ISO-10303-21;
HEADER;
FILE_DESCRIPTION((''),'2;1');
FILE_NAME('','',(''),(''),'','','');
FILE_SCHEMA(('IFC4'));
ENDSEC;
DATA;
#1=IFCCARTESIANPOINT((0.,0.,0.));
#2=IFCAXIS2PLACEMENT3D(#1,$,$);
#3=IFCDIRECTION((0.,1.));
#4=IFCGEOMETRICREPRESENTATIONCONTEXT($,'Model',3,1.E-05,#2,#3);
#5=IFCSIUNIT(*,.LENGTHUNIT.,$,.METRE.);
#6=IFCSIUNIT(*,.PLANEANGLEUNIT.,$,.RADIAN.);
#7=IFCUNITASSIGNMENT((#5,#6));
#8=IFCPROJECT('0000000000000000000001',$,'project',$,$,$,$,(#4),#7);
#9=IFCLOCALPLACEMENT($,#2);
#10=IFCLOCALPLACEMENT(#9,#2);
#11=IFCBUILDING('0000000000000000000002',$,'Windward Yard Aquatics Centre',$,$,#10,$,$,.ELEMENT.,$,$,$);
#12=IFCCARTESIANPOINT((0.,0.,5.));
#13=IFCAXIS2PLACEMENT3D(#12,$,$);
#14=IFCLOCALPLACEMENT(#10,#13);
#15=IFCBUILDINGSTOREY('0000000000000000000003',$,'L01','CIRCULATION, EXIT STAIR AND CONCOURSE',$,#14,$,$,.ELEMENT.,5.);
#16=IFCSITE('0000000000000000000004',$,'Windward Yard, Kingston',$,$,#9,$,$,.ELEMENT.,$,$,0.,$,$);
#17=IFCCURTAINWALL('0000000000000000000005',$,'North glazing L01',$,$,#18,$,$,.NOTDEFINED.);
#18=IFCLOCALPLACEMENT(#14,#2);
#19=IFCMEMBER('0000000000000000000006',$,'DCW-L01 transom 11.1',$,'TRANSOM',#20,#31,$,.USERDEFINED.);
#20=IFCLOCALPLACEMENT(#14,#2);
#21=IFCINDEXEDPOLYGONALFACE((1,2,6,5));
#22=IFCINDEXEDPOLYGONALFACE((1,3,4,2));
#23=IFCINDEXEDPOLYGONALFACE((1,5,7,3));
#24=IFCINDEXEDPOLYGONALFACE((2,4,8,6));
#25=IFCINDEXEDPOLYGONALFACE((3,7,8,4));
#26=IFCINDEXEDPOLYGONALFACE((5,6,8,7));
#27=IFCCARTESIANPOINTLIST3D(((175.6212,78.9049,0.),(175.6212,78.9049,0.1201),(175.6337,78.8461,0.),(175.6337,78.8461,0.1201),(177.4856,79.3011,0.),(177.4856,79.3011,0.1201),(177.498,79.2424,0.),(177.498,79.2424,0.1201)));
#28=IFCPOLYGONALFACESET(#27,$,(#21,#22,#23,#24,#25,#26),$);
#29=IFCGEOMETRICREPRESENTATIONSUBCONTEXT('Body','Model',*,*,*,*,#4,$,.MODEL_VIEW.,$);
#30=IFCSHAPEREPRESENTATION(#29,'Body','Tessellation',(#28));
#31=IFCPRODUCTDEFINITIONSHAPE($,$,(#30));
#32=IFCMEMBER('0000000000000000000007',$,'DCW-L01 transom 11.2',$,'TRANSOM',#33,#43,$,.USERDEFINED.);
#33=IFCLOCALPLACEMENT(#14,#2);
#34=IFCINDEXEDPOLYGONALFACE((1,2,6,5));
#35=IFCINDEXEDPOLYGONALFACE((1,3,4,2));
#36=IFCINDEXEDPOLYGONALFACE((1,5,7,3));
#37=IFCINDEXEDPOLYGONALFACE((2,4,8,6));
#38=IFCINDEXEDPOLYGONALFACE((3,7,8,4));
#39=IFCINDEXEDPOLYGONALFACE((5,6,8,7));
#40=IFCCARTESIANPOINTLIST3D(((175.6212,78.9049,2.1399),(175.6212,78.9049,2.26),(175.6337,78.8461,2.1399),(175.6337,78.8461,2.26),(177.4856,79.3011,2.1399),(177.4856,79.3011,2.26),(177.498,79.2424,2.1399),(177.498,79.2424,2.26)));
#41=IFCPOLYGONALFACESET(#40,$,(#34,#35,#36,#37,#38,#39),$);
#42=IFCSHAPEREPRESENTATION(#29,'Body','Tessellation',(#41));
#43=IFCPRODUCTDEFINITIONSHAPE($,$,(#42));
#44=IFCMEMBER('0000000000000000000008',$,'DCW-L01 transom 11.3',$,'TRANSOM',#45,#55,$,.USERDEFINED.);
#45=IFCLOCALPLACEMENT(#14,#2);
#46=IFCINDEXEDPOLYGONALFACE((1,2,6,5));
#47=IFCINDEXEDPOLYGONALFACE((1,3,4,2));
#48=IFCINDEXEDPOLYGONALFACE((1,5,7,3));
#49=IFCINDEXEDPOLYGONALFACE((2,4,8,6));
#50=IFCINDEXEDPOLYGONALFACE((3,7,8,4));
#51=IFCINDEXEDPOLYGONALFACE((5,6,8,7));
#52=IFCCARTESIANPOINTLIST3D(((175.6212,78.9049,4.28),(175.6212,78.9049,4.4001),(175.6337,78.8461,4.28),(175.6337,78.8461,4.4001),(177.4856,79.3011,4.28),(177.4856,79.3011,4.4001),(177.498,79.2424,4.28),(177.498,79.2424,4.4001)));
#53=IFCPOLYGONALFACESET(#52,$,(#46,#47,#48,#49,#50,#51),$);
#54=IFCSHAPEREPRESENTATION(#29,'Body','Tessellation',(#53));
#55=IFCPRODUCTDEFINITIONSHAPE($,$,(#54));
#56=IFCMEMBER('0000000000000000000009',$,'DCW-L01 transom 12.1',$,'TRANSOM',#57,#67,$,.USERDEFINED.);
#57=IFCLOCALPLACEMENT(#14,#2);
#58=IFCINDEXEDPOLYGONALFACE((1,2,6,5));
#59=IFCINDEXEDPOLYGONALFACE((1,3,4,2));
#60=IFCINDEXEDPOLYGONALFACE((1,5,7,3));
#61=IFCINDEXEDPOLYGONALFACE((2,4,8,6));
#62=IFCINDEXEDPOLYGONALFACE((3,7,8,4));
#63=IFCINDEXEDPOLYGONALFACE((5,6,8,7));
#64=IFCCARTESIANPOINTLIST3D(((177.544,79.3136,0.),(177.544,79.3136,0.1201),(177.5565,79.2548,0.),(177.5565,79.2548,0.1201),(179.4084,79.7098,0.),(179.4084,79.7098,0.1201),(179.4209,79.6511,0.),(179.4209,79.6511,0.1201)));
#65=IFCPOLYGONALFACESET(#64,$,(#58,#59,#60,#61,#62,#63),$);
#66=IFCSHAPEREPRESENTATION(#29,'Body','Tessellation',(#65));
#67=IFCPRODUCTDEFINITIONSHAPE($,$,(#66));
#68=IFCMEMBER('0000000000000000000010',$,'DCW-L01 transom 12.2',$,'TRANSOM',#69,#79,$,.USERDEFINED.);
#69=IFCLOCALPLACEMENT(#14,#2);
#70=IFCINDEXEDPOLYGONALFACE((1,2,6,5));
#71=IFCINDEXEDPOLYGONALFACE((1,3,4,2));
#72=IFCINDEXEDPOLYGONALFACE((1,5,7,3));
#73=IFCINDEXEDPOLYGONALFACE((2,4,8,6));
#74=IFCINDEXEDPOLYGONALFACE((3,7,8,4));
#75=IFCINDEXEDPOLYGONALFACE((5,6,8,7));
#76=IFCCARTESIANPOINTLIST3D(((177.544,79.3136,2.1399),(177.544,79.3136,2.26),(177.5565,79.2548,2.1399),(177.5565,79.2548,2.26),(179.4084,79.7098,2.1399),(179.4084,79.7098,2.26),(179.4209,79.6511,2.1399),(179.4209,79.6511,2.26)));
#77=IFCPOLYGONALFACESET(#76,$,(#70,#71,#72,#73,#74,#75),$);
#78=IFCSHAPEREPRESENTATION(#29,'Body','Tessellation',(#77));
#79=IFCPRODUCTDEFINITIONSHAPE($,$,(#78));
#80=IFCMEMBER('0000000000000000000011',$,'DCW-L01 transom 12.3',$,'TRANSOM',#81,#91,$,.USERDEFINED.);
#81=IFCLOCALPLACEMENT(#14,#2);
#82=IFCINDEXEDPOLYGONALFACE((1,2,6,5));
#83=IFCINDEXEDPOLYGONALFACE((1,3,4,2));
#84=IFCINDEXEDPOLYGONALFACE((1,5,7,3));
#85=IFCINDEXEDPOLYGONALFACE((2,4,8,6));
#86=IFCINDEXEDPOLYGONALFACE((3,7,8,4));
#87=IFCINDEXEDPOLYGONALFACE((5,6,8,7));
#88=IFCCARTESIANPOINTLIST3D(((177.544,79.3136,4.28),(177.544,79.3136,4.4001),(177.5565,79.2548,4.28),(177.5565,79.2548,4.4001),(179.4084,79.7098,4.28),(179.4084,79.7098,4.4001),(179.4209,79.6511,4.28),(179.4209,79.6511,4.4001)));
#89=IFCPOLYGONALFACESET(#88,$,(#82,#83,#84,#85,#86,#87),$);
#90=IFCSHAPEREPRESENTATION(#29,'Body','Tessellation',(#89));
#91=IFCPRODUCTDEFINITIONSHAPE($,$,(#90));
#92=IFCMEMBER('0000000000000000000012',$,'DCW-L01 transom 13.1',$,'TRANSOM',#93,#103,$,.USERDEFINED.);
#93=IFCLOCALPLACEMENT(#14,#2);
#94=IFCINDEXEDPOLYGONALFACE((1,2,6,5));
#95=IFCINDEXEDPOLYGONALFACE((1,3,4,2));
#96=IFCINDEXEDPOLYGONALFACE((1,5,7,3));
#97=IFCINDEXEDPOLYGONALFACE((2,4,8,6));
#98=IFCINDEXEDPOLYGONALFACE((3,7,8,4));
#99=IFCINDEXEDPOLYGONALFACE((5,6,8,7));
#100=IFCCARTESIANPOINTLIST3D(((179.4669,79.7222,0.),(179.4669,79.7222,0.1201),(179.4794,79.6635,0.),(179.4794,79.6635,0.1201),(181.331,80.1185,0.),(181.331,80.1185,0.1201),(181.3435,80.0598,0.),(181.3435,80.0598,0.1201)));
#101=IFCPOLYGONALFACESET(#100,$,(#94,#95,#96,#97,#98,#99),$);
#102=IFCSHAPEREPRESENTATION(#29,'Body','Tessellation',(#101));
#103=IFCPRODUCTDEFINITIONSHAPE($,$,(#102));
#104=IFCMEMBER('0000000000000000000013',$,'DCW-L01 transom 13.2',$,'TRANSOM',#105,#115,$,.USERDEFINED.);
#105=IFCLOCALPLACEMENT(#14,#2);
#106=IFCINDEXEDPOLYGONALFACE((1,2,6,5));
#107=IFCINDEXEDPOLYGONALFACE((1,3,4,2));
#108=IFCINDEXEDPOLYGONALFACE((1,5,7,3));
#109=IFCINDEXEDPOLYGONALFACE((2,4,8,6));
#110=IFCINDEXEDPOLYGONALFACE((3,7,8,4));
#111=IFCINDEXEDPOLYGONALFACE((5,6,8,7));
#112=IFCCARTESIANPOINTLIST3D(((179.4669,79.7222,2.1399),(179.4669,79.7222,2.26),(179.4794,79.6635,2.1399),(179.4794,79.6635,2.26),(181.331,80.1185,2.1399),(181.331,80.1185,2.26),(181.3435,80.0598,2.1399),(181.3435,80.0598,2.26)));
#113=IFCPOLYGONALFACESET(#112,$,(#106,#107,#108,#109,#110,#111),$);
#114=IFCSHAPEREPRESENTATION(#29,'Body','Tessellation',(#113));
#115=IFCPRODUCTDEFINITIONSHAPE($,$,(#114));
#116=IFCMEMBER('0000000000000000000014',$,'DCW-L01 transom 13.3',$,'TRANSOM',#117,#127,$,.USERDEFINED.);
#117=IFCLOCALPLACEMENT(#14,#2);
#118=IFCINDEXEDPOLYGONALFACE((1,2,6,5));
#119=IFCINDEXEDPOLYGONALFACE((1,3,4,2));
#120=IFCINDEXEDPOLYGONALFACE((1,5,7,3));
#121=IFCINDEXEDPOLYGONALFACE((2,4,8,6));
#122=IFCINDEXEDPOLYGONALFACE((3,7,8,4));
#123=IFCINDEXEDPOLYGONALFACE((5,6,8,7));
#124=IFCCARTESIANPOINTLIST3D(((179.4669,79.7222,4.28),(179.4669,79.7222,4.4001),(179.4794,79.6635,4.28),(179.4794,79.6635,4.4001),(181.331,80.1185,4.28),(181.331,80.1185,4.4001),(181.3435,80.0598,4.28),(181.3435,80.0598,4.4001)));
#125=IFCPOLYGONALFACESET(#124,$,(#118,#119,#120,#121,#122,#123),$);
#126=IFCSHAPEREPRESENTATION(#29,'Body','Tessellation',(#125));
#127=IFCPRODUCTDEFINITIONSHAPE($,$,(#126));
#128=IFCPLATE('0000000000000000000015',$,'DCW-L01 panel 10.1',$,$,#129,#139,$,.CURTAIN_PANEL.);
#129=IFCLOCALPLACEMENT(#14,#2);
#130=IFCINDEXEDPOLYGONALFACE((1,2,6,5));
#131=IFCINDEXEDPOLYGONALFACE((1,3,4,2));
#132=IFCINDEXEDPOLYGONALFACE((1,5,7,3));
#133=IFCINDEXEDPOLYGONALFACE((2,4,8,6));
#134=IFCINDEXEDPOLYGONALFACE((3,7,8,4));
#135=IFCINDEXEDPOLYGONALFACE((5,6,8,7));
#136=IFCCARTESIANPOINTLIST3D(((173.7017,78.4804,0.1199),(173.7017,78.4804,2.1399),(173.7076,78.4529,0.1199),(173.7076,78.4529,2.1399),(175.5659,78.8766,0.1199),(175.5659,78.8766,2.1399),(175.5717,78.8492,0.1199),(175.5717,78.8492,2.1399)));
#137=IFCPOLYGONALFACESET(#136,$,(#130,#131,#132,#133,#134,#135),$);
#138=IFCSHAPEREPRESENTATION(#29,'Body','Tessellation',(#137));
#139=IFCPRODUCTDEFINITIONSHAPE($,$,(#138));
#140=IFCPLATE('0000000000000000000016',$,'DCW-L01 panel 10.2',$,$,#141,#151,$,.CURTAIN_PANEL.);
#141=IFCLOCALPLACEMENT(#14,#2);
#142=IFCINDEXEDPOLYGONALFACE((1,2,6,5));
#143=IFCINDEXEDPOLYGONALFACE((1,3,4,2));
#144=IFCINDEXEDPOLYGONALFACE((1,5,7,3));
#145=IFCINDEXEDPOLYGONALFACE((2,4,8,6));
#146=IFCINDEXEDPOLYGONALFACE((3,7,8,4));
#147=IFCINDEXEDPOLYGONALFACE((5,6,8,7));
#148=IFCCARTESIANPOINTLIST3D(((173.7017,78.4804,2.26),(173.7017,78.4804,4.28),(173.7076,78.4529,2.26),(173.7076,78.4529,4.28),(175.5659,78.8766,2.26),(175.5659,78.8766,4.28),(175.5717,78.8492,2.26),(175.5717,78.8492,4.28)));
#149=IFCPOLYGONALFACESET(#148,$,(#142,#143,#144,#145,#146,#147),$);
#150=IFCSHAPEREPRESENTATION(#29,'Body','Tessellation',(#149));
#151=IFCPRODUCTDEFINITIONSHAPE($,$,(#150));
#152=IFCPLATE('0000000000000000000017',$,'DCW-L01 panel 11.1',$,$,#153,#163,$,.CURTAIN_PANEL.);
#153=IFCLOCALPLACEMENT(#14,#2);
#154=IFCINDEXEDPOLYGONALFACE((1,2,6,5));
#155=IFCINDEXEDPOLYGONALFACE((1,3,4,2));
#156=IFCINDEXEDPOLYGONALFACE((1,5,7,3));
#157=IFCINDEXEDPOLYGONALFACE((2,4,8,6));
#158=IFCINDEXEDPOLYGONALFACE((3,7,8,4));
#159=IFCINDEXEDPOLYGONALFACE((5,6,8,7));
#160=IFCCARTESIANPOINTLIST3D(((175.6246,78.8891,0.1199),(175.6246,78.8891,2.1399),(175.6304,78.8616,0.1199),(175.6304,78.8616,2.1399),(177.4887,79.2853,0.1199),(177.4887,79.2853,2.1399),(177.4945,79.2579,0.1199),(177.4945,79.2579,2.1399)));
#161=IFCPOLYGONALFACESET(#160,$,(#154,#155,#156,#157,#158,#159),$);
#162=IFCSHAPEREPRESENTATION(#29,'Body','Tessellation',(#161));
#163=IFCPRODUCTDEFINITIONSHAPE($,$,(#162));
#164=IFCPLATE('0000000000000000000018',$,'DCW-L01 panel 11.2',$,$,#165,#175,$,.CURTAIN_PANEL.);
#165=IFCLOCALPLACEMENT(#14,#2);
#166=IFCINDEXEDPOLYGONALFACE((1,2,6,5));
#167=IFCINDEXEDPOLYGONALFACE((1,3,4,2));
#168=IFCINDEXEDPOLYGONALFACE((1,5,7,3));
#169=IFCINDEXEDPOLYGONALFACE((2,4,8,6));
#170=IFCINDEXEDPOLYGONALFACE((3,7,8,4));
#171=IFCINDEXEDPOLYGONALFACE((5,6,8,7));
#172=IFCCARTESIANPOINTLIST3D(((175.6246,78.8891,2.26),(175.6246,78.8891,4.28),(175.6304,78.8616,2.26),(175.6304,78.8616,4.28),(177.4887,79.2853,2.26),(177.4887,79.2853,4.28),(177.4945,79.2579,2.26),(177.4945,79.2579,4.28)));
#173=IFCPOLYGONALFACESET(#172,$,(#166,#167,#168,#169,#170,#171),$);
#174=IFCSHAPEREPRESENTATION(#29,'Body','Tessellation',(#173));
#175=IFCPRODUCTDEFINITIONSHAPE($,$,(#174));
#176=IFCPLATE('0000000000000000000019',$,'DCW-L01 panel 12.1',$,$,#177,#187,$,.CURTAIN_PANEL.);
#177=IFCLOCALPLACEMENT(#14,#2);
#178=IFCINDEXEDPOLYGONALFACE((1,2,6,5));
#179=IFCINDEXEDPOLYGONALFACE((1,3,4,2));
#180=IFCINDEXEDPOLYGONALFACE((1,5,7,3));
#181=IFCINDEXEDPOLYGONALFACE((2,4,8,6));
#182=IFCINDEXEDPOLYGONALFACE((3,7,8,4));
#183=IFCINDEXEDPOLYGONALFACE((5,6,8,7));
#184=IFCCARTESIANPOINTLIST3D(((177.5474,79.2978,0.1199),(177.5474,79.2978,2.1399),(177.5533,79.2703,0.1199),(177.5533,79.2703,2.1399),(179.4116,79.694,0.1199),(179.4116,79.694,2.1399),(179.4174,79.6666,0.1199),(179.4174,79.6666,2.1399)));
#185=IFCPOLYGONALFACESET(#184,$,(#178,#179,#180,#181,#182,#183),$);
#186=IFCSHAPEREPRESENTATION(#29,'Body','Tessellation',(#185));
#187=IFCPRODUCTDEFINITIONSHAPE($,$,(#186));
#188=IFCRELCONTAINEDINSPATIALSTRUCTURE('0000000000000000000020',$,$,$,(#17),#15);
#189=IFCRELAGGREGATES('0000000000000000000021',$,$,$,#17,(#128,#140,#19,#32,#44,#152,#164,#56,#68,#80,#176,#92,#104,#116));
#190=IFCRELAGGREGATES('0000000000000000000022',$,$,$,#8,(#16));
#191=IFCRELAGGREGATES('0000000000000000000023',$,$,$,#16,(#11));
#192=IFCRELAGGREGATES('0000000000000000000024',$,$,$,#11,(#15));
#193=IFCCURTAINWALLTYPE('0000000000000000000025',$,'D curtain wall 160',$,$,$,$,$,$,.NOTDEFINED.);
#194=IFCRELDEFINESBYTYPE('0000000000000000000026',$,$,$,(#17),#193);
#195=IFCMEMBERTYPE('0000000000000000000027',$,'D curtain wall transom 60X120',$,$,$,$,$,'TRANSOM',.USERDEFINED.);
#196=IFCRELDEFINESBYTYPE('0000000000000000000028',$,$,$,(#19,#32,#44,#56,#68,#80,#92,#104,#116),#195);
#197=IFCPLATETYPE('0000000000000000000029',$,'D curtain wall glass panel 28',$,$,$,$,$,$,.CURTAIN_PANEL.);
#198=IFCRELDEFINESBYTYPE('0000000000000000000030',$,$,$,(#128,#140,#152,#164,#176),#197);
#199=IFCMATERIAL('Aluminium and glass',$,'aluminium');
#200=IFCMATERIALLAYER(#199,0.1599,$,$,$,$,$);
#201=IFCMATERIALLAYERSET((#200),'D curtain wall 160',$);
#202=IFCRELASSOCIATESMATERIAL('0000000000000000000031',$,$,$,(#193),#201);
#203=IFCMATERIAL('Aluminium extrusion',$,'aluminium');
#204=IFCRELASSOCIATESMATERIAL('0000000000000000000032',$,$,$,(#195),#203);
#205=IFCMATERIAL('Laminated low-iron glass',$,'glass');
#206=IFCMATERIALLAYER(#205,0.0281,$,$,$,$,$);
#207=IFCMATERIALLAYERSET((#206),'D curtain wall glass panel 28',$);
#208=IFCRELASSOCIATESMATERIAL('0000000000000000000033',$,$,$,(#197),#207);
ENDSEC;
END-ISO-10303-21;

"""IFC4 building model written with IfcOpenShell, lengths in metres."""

from ifc_helpers import new_model, si_unit, direction, frame, origin, origin_2d, place, context, subcontext, project, spatial, rectangle, extrude, material, layer, layer_set, material_profile, profile_set, type_object, element, aggregate, save


model = new_model("IFC4")

# Units and contexts
model_context = context("Model", 3, precision=1e-05, world=origin(), true_north=direction((0.0, 1.0)))
body_context = subcontext(model_context, "Body", "Model", "MODEL_VIEW")
ifc_project = project(units=[si_unit("LENGTHUNIT", "METRE"), si_unit("PLANEANGLEUNIT", "RADIAN")], contexts=[model_context])

# Site, building, storey
site_placement = place(None, origin())
site = spatial("IfcSite", under=ifc_project, at=site_placement, Name="Windward Yard, Kingston", CompositionType="ELEMENT", RefElevation=0.0)
building_placement = place(site_placement, origin())
building = spatial("IfcBuilding", under=site, at=building_placement, Name="Windward Yard Aquatics Centre", CompositionType="ELEMENT")
storey_placement = place(building_placement, frame((0.0, 0.0, 5.0)))
storey = spatial("IfcBuildingStorey", under=building, at=storey_placement, Name="L01", Description="CIRCULATION, EXIT STAIR AND CONCOURSE", CompositionType="ELEMENT", Elevation=5.0)

# Curtain wall, members, plates
ifc_material_1 = material(Name="Aluminium and glass", Category="aluminium")
ifc_layer_1 = layer(ifc_material_1, 0.1599)
ifc_layer_set_1 = layer_set([ifc_layer_1], Name="D curtain wall 160")
curtain_wall_type = type_object("IfcCurtainWallType", Name="D curtain wall 160", PredefinedType="NOTDEFINED", material=ifc_layer_set_1)
curtain_wall_placement = place(storey_placement, origin())
curtain_wall = element("IfcCurtainWall", 1, at=curtain_wall_placement, inside=storey, type_object=curtain_wall_type, Name="North glazing L01", PredefinedType="NOTDEFINED")
ifc_material_2 = material(Name="Aluminium extrusion", Category="aluminium")
ifc_material_profile_1 = material_profile(ifc_material_2, rectangle(XDim=0.0601, YDim=0.1201, at=origin_2d()), Name="TRANSOM 60X120")
ifc_profile_set_1 = profile_set([ifc_material_profile_1], Name="Aluminium extrusion")
member_type_1 = type_object("IfcMemberType", Name="D curtain wall transom 60X120", ElementType="TRANSOM", PredefinedType="USERDEFINED", material=ifc_profile_set_1)
member_1_placement = place(storey_placement, frame((175.6274, 78.8755, 0.0601), z_axis=(0.97815, 0.207902, 0.0), x_axis=(-0.207902, 0.97815, 0.0)))
member_1 = element("IfcMember", 2, at=member_1_placement, type_object=member_type_1, Name="DCW-L01 transom 11.1", ObjectType="TRANSOM", PredefinedType="USERDEFINED", context=body_context, shape_type="SweptSolid", body=[
    extrude(rectangle(XDim=0.0601, YDim=0.1201, at=origin_2d()), origin(), (0.0, 0.0, 1.0), 1.906),
])
member_2_placement = place(storey_placement, frame((175.6274, 78.8755, 2.2), z_axis=(0.97815, 0.207902, 0.0), x_axis=(-0.207902, 0.97815, 0.0)))
member_2 = element("IfcMember", 3, at=member_2_placement, type_object=member_type_1, Name="DCW-L01 transom 11.2", ObjectType="TRANSOM", PredefinedType="USERDEFINED", context=body_context, shape_type="SweptSolid", body=[
    extrude(rectangle(XDim=0.0601, YDim=0.1201, at=origin_2d()), origin(), (0.0, 0.0, 1.0), 1.906),
])
member_3_placement = place(storey_placement, frame((175.6274, 78.8755, 4.3401), z_axis=(0.97815, 0.207902, 0.0), x_axis=(-0.207902, 0.97815, 0.0)))
member_3 = element("IfcMember", 4, at=member_3_placement, type_object=member_type_1, Name="DCW-L01 transom 11.3", ObjectType="TRANSOM", PredefinedType="USERDEFINED", context=body_context, shape_type="SweptSolid", body=[
    extrude(rectangle(XDim=0.0601, YDim=0.1201, at=origin_2d()), origin(), (0.0, 0.0, 1.0), 1.906),
])
member_4_placement = place(storey_placement, frame((177.5503, 79.2842, 0.0601), z_axis=(0.97815, 0.207902, 0.0), x_axis=(-0.207902, 0.97815, 0.0)))
member_4 = element("IfcMember", 5, at=member_4_placement, type_object=member_type_1, Name="DCW-L01 transom 12.1", ObjectType="TRANSOM", PredefinedType="USERDEFINED", context=body_context, shape_type="SweptSolid", body=[
    extrude(rectangle(XDim=0.0601, YDim=0.1201, at=origin_2d()), origin(), (0.0, 0.0, 1.0), 1.906),
])
member_5_placement = place(storey_placement, frame((177.5503, 79.2842, 2.2), z_axis=(0.97815, 0.207902, 0.0), x_axis=(-0.207902, 0.97815, 0.0)))
member_5 = element("IfcMember", 6, at=member_5_placement, type_object=member_type_1, Name="DCW-L01 transom 12.2", ObjectType="TRANSOM", PredefinedType="USERDEFINED", context=body_context, shape_type="SweptSolid", body=[
    extrude(rectangle(XDim=0.0601, YDim=0.1201, at=origin_2d()), origin(), (0.0, 0.0, 1.0), 1.906),
])
member_6_placement = place(storey_placement, frame((177.5503, 79.2842, 4.3401), z_axis=(0.97815, 0.207902, 0.0), x_axis=(-0.207902, 0.97815, 0.0)))
member_6 = element("IfcMember", 7, at=member_6_placement, type_object=member_type_1, Name="DCW-L01 transom 12.3", ObjectType="TRANSOM", PredefinedType="USERDEFINED", context=body_context, shape_type="SweptSolid", body=[
    extrude(rectangle(XDim=0.0601, YDim=0.1201, at=origin_2d()), origin(), (0.0, 0.0, 1.0), 1.906),
])
member_7_placement = place(storey_placement, frame((179.4731, 79.6929, 0.0601), z_axis=(0.978144, 0.207928, 0.0), x_axis=(-0.207928, 0.978144, 0.0)))
member_7 = element("IfcMember", 8, at=member_7_placement, type_object=member_type_1, Name="DCW-L01 transom 13.1", ObjectType="TRANSOM", PredefinedType="USERDEFINED", context=body_context, shape_type="SweptSolid", body=[
    extrude(rectangle(XDim=0.0601, YDim=0.1201, at=origin_2d()), origin(), (0.0, 0.0, 1.0), 1.9058),
])
member_8_placement = place(storey_placement, frame((179.4731, 79.6929, 2.2), z_axis=(0.978144, 0.207928, 0.0), x_axis=(-0.207928, 0.978144, 0.0)))
member_8 = element("IfcMember", 9, at=member_8_placement, type_object=member_type_1, Name="DCW-L01 transom 13.2", ObjectType="TRANSOM", PredefinedType="USERDEFINED", context=body_context, shape_type="SweptSolid", body=[
    extrude(rectangle(XDim=0.0601, YDim=0.1201, at=origin_2d()), origin(), (0.0, 0.0, 1.0), 1.9058),
])
member_9_placement = place(storey_placement, frame((179.4731, 79.6929, 4.3401), z_axis=(0.978144, 0.207928, 0.0), x_axis=(-0.207928, 0.978144, 0.0)))
member_9 = element("IfcMember", 10, at=member_9_placement, type_object=member_type_1, Name="DCW-L01 transom 13.3", ObjectType="TRANSOM", PredefinedType="USERDEFINED", context=body_context, shape_type="SweptSolid", body=[
    extrude(rectangle(XDim=0.0601, YDim=0.1201, at=origin_2d()), origin(), (0.0, 0.0, 1.0), 1.9058),
])
ifc_material_3 = material(Name="Laminated low-iron glass", Category="glass")
ifc_layer_2 = layer(ifc_material_3, 0.0281)
ifc_layer_set_2 = layer_set([ifc_layer_2], Name="D curtain wall glass panel 28")
plate_type = type_object("IfcPlateType", Name="D curtain wall glass panel 28", PredefinedType="CURTAIN_PANEL", material=ifc_layer_set_2)
plate_1_placement = place(storey_placement, frame((174.6367, 78.6648, 0.1199), z_axis=(0.0, 0.0, 1.0), x_axis=(0.978148, 0.207912, 0.0)))
plate_1 = element("IfcPlate", 11, at=plate_1_placement, type_object=plate_type, Name="DCW-L01 panel 10.1", PredefinedType="CURTAIN_PANEL", context=body_context, shape_type="SweptSolid", body=[
    extrude(rectangle(XDim=1.9058, YDim=0.0281, at=origin_2d()), origin(), (0.0, 0.0, 1.0), 2.02),
])
plate_2_placement = place(storey_placement, frame((174.6367, 78.6648, 2.26), z_axis=(0.0, 0.0, 1.0), x_axis=(0.978148, 0.207912, 0.0)))
plate_2 = element("IfcPlate", 12, at=plate_2_placement, type_object=plate_type, Name="DCW-L01 panel 10.2", PredefinedType="CURTAIN_PANEL", context=body_context, shape_type="SweptSolid", body=[
    extrude(rectangle(XDim=1.9058, YDim=0.0281, at=origin_2d()), origin(), (0.0, 0.0, 1.0), 2.02),
])
plate_3_placement = place(storey_placement, frame((176.5596, 79.0735, 0.1199), z_axis=(0.0, 0.0, 1.0), x_axis=(0.978148, 0.207912, 0.0)))
plate_3 = element("IfcPlate", 13, at=plate_3_placement, type_object=plate_type, Name="DCW-L01 panel 11.1", PredefinedType="CURTAIN_PANEL", context=body_context, shape_type="SweptSolid", body=[
    extrude(rectangle(XDim=1.9058, YDim=0.0281, at=origin_2d()), origin(), (0.0, 0.0, 1.0), 2.02),
])
plate_4_placement = place(storey_placement, frame((176.5596, 79.0735, 2.26), z_axis=(0.0, 0.0, 1.0), x_axis=(0.978148, 0.207912, 0.0)))
plate_4 = element("IfcPlate", 14, at=plate_4_placement, type_object=plate_type, Name="DCW-L01 panel 11.2", PredefinedType="CURTAIN_PANEL", context=body_context, shape_type="SweptSolid", body=[
    extrude(rectangle(XDim=1.9058, YDim=0.0281, at=origin_2d()), origin(), (0.0, 0.0, 1.0), 2.02),
])
plate_5_placement = place(storey_placement, frame((178.4824, 79.4822, 0.1199), z_axis=(0.0, 0.0, 1.0), x_axis=(0.978148, 0.207912, 0.0)))
plate_5 = element("IfcPlate", 15, at=plate_5_placement, type_object=plate_type, Name="DCW-L01 panel 12.1", PredefinedType="CURTAIN_PANEL", context=body_context, shape_type="SweptSolid", body=[
    extrude(rectangle(XDim=1.9058, YDim=0.0281, at=origin_2d()), origin(), (0.0, 0.0, 1.0), 2.02),
])
aggregate(curtain_wall, [plate_1, plate_2, member_1, member_2, member_3, plate_3, plate_4, member_4, member_5, member_6, plate_5, member_7, member_8, member_9])

save(model, "model.ifc")
